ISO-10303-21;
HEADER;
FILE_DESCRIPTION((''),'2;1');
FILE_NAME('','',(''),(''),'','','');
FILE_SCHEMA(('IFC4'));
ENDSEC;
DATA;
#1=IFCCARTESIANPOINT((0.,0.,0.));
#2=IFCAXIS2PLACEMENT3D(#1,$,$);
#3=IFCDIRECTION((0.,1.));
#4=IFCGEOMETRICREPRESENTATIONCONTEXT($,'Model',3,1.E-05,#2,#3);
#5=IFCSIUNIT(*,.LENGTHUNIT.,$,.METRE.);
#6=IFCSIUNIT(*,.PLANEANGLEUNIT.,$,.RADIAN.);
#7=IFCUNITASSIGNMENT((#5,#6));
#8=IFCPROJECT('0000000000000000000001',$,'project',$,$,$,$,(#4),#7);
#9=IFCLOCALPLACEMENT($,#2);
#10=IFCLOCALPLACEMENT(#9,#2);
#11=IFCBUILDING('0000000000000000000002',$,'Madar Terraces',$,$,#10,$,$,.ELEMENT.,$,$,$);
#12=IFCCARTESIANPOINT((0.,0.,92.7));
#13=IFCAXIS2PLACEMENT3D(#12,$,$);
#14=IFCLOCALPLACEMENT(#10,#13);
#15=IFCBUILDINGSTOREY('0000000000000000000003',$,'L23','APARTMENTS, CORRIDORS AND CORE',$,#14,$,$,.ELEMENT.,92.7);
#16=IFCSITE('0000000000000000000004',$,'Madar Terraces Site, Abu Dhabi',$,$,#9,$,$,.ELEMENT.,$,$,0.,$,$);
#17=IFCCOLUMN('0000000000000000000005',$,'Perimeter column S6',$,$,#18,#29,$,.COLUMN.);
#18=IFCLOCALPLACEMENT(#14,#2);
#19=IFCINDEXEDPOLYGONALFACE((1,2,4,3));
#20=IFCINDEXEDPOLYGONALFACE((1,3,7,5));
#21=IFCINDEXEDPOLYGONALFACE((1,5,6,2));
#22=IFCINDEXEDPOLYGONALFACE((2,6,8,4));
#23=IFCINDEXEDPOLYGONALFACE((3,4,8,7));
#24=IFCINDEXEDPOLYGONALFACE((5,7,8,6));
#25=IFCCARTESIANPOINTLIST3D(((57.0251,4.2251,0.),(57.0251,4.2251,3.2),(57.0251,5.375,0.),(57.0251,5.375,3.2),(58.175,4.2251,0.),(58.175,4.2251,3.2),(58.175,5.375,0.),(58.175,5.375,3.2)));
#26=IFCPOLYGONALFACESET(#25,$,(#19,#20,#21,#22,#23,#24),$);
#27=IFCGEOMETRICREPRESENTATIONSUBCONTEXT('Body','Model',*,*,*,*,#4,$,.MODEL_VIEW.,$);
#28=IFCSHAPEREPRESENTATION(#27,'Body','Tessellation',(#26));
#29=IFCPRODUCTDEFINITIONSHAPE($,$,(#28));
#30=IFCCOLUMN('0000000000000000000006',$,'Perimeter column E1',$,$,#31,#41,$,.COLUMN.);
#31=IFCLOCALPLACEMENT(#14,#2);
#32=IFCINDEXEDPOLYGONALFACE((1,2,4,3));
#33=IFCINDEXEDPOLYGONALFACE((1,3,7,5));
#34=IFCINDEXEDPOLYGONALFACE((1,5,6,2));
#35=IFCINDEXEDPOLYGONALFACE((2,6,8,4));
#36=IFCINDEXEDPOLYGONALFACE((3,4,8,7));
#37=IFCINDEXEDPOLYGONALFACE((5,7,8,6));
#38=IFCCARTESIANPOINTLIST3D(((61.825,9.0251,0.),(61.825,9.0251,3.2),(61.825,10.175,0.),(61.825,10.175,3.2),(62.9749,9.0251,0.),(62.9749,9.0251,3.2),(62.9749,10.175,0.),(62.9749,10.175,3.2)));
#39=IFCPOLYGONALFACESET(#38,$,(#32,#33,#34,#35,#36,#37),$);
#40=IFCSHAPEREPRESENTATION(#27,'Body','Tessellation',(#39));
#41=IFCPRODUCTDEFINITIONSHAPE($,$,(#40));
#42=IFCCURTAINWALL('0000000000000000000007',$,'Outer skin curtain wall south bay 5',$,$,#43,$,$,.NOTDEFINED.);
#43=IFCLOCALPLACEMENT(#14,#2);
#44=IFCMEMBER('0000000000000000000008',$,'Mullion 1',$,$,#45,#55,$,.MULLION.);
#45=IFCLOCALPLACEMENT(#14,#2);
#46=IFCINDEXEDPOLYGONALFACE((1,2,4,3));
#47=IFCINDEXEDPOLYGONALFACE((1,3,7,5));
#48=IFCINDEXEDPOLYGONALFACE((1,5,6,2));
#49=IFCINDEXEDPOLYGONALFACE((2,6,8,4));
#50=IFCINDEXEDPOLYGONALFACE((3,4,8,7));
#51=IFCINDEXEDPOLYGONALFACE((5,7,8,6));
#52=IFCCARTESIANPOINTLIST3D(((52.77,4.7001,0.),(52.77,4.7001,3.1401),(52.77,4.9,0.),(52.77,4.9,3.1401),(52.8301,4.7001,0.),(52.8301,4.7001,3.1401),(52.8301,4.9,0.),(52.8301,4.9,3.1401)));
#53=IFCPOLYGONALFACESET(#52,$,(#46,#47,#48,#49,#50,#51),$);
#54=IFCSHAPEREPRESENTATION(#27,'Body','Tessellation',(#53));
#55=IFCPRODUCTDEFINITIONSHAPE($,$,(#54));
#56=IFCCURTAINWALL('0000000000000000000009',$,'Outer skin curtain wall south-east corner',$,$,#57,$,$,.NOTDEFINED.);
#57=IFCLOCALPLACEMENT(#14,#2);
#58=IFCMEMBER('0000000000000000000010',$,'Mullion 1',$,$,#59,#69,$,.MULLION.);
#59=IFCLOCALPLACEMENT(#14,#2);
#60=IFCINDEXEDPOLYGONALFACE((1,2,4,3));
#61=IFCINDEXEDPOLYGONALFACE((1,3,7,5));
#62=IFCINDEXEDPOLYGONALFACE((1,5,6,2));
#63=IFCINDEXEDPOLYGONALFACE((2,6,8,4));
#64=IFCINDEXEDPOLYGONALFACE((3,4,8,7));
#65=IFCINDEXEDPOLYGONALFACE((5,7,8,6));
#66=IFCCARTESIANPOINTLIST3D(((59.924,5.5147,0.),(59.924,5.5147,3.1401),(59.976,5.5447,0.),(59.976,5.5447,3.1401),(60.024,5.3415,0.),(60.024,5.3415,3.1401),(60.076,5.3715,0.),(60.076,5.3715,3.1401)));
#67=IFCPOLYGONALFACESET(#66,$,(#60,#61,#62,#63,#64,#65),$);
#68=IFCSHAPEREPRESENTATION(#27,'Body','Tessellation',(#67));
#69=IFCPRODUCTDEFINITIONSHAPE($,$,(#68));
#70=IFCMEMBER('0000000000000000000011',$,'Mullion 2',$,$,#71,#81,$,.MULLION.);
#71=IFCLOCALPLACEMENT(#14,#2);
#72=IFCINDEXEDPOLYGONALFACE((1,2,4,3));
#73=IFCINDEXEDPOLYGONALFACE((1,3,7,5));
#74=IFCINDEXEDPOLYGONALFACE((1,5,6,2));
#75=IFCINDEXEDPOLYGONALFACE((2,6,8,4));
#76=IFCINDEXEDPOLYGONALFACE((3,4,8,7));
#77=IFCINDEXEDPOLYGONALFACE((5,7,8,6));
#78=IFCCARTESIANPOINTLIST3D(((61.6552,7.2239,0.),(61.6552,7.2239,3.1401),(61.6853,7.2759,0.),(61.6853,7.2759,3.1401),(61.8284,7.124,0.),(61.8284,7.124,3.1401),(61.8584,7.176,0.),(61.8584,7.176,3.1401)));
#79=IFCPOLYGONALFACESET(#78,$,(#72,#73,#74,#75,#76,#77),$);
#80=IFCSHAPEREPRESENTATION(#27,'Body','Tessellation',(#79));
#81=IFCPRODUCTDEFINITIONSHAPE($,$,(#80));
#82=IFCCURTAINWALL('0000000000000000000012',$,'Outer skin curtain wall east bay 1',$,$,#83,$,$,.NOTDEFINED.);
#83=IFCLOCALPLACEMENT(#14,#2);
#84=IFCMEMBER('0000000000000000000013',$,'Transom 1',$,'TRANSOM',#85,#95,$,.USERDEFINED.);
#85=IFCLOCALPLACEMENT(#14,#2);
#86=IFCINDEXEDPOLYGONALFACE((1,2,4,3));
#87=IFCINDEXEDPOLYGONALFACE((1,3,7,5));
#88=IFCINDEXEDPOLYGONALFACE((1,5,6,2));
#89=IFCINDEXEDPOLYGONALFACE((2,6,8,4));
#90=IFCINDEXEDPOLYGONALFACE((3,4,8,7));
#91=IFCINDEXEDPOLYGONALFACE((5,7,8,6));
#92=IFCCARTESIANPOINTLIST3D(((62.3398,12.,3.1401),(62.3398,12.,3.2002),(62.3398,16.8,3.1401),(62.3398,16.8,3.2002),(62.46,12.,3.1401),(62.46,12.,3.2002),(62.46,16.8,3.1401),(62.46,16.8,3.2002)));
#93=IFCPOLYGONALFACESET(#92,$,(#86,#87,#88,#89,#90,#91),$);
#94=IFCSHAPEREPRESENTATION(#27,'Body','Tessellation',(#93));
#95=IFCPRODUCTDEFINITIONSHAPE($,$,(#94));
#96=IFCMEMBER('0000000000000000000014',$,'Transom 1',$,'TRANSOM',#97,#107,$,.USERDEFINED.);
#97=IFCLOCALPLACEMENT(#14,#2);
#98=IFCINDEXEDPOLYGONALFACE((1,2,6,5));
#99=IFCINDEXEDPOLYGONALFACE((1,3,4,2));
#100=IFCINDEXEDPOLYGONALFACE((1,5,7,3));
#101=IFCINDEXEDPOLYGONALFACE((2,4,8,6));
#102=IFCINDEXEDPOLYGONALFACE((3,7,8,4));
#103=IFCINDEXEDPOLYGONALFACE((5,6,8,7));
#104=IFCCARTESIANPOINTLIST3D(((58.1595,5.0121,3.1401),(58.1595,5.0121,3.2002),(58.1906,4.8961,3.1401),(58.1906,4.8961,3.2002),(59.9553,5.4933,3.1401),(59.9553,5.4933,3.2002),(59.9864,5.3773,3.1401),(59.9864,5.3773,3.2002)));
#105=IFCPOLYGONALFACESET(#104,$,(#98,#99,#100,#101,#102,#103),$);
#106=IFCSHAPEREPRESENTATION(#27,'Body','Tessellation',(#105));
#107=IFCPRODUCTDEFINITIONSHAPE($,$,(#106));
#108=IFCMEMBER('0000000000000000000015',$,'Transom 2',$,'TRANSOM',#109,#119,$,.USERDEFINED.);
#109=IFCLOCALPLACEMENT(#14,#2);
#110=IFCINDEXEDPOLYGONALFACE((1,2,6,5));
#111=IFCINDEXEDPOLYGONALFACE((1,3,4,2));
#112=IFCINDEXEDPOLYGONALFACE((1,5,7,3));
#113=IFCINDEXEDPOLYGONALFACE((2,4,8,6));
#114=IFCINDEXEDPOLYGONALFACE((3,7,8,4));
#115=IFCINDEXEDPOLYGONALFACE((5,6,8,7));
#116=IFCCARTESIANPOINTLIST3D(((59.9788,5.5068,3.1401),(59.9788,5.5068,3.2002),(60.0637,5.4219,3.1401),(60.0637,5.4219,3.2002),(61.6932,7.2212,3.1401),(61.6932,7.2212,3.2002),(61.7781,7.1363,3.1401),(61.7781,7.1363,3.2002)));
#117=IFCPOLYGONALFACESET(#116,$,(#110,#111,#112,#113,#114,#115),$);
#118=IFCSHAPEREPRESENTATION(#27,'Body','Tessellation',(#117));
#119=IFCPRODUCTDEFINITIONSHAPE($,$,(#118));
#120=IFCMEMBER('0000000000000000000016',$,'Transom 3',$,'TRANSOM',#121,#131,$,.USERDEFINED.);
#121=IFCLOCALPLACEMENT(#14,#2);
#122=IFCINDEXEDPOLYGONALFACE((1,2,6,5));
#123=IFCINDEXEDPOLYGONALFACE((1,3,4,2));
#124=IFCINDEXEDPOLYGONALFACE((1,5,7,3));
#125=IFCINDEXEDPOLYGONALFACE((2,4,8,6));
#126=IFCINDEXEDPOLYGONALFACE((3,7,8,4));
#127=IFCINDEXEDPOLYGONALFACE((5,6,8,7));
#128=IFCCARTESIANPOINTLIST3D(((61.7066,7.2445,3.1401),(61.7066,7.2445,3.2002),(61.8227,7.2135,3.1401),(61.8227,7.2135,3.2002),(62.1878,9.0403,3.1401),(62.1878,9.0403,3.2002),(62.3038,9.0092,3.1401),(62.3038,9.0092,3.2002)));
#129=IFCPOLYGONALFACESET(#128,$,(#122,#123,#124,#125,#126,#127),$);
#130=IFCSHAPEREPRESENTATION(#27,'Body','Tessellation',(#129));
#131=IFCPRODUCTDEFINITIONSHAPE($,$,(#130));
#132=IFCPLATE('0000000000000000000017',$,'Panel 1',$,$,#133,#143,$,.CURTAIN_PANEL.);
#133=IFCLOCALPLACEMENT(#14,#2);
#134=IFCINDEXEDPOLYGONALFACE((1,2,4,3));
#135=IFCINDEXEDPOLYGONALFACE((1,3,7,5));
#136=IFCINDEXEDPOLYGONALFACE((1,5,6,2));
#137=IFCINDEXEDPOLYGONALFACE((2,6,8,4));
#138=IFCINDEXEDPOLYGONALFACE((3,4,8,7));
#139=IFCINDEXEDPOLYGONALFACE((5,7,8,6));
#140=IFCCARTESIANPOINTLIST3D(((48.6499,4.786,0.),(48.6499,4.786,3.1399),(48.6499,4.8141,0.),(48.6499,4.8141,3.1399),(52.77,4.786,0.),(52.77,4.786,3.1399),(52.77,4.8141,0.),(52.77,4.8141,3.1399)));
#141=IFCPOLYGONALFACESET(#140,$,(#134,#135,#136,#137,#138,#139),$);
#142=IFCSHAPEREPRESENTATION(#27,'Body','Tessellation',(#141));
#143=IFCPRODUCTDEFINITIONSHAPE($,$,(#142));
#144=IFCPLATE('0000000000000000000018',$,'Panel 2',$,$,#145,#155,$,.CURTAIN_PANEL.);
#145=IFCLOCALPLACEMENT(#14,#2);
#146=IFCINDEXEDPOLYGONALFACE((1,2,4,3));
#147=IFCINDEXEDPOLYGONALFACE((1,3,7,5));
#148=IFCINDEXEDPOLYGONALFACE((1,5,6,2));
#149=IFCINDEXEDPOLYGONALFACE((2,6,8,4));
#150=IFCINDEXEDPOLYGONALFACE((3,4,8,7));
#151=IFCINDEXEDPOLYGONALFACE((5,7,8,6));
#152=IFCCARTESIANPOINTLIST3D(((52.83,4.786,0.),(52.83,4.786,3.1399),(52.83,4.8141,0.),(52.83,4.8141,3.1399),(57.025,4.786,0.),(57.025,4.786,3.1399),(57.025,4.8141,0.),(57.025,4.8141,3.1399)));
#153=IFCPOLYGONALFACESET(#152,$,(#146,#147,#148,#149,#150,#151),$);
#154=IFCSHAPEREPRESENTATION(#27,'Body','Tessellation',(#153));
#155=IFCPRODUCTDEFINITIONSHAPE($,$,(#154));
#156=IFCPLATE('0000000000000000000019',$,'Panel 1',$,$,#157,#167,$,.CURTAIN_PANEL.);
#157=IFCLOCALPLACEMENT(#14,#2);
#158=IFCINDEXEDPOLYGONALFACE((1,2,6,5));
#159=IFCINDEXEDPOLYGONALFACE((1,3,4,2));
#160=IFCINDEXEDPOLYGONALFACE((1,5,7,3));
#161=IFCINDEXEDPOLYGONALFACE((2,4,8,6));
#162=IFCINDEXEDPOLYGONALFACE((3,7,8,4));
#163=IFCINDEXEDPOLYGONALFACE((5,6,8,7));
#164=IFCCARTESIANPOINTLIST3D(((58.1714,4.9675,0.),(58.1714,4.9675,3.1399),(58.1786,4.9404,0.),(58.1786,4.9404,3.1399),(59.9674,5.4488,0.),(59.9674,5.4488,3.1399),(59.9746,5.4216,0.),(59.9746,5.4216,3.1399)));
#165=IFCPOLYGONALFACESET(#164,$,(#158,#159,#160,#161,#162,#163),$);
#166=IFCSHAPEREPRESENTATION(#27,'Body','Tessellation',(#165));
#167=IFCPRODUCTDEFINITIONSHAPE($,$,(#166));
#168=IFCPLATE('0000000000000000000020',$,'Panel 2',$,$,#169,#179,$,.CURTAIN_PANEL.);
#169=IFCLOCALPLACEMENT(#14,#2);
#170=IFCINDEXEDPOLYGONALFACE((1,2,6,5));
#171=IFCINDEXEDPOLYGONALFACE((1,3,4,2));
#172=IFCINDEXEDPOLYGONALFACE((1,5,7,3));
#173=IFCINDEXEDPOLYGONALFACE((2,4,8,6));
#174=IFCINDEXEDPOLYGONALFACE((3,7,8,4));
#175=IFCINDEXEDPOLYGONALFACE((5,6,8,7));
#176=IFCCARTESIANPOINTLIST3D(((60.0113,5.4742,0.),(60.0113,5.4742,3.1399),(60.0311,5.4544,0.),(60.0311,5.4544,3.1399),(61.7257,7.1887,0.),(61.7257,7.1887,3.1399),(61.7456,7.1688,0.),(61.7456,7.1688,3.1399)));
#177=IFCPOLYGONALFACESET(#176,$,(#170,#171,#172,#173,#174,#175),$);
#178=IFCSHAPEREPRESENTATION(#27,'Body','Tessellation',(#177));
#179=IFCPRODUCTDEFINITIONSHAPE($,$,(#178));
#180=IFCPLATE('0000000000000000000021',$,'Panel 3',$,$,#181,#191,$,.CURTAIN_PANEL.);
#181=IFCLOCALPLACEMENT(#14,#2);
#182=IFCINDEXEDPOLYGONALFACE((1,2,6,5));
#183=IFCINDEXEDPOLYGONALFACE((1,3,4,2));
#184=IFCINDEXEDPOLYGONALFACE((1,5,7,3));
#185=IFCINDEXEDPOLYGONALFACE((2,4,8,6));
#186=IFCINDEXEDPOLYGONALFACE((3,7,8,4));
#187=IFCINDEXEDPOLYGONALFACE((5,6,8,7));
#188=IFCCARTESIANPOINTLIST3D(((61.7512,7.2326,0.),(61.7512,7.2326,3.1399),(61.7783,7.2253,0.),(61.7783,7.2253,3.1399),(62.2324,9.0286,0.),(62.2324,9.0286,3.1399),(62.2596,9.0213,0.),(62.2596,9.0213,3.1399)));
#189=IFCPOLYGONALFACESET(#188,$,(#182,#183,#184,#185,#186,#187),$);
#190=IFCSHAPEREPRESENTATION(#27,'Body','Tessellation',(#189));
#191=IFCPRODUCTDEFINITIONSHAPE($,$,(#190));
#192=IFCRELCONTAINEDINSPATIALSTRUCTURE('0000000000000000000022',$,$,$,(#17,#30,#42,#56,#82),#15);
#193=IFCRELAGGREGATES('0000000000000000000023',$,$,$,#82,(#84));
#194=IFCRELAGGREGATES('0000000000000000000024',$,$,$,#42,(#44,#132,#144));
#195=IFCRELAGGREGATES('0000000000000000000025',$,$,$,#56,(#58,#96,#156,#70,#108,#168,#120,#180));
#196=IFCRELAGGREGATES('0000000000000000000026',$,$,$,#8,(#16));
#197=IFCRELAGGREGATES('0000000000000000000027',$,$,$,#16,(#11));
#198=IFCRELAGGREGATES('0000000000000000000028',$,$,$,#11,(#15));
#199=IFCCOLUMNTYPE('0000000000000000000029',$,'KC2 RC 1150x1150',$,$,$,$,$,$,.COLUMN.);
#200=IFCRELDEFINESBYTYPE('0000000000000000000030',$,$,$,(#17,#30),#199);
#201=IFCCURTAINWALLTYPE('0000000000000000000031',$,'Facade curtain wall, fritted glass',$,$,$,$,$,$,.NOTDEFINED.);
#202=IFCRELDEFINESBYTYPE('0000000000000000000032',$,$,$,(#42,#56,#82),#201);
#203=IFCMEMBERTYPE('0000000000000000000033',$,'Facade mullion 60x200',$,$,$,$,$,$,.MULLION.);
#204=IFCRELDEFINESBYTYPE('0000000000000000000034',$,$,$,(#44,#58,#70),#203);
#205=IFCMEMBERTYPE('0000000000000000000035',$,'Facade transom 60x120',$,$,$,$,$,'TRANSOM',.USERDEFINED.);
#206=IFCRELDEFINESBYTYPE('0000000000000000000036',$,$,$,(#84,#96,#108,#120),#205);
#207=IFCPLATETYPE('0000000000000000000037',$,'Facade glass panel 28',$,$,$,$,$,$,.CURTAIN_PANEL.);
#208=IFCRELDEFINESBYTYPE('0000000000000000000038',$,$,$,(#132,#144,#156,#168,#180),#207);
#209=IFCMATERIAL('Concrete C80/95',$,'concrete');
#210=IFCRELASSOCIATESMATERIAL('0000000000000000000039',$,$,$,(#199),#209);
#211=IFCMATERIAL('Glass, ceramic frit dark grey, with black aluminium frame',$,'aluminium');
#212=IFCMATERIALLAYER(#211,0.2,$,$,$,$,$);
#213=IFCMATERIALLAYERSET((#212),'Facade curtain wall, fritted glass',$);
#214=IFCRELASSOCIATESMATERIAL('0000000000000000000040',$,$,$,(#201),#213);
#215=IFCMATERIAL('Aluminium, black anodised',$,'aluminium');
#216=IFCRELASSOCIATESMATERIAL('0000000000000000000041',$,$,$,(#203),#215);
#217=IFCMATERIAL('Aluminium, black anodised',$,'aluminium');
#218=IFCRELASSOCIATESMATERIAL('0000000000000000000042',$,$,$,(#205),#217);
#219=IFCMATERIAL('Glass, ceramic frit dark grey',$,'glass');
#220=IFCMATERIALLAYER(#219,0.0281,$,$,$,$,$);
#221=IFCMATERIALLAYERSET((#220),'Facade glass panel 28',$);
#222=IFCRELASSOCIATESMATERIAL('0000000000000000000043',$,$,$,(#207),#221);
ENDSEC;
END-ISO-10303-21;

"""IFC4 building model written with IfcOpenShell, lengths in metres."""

from ifc_helpers import new_model, si_unit, direction, frame, origin, origin_2d, place, context, subcontext, project, spatial, rectangle, extrude, material, layer, layer_set, material_profile, profile_set, type_object, element, aggregate, save


model = new_model("IFC4")

# Units and contexts
model_context = context("Model", 3, precision=1e-05, world=origin(), true_north=direction((0.0, 1.0)))
body_context = subcontext(model_context, "Body", "Model", "MODEL_VIEW")
ifc_project = project(units=[si_unit("LENGTHUNIT", "METRE"), si_unit("PLANEANGLEUNIT", "RADIAN")], contexts=[model_context])

# Site, building, storey
site_placement = place(None, origin())
site = spatial("IfcSite", under=ifc_project, at=site_placement, Name="Madar Terraces Site, Abu Dhabi", CompositionType="ELEMENT", RefElevation=0.0)
building_placement = place(site_placement, origin())
building = spatial("IfcBuilding", under=site, at=building_placement, Name="Madar Terraces", CompositionType="ELEMENT")
storey_placement = place(building_placement, frame((0.0, 0.0, 92.7)))
storey = spatial("IfcBuildingStorey", under=building, at=storey_placement, Name="L23", Description="APARTMENTS, CORRIDORS AND CORE", CompositionType="ELEMENT", Elevation=92.7)

# Columns
ifc_material_1 = material(Name="Concrete C80/95", Category="concrete")
ifc_material_profile_1 = material_profile(ifc_material_1, rectangle(XDim=1.1499, YDim=1.1499, at=origin_2d()), Name="KC2 RC 1150x1150")
ifc_profile_set_1 = profile_set([ifc_material_profile_1], Name="Concrete C80/95")
column_type = type_object("IfcColumnType", Name="KC2 RC 1150x1150", PredefinedType="COLUMN", material=ifc_profile_set_1)
for number, where, z_axis, x_axis, name in (
    (1, (57.6001, 4.8, 0.0), (0.0, 0.0, 1.0), (1.0, 0.0, 0.0), "Perimeter column S6"),
    (2, (62.3999, 9.6001, 0.0), (0.0, 0.0, 1.0), (1.0, 0.0, 0.0), "Perimeter column E1"),
):
    element("IfcColumn", number, at=place(storey_placement, frame(where, z_axis=z_axis, x_axis=x_axis)), inside=storey, type_object=column_type, Name=name, PredefinedType="COLUMN", context=body_context, shape_type="SweptSolid", body=[
        extrude(rectangle(XDim=1.1499, YDim=1.1499, at=origin_2d()), origin(), (0.0, 0.0, 1.0), 3.2),
    ])

# Curtain wall, member
ifc_material_2 = material(Name="Glass, ceramic frit dark grey, with black aluminium frame", Category="aluminium")
ifc_layer_1 = layer(ifc_material_2, 0.2)
ifc_layer_set_1 = layer_set([ifc_layer_1], Name="Facade curtain wall, fritted glass")
curtain_wall_type = type_object("IfcCurtainWallType", Name="Facade curtain wall, fritted glass", PredefinedType="NOTDEFINED", material=ifc_layer_set_1)
curtain_wall_1_placement = place(storey_placement, origin())
curtain_wall_1 = element("IfcCurtainWall", 3, at=curtain_wall_1_placement, inside=storey, type_object=curtain_wall_type, Name="Outer skin curtain wall south bay 5", PredefinedType="NOTDEFINED")
ifc_material_3 = material(Name="Aluminium, black anodised", Category="aluminium")
ifc_material_profile_2 = material_profile(ifc_material_3, rectangle(XDim=0.2, YDim=0.0601, at=origin_2d()), Name="Facade mullion 60x200")
ifc_profile_set_2 = profile_set([ifc_material_profile_2], Name="Aluminium, black anodised")
member_type_1 = type_object("IfcMemberType", Name="Facade mullion 60x200", PredefinedType="MULLION", material=ifc_profile_set_2)
member_1_placement = place(storey_placement, frame((52.8, 4.8, 0.0), z_axis=(0.0, 0.0, 1.0), x_axis=(0.0, 1.0, 0.0)))
member_1 = element("IfcMember", 4, at=member_1_placement, type_object=member_type_1, Name="Mullion 1", PredefinedType="MULLION", context=body_context, shape_type="SweptSolid", body=[
    extrude(rectangle(XDim=0.2, YDim=0.0601, at=origin_2d()), origin(), (0.0, 0.0, 1.0), 3.1401),
])

# Curtain wall, members
curtain_wall_2_placement = place(storey_placement, origin())
curtain_wall_2 = element("IfcCurtainWall", 5, at=curtain_wall_2_placement, inside=storey, type_object=curtain_wall_type, Name="Outer skin curtain wall south-east corner", PredefinedType="NOTDEFINED")
member_2_placement = place(storey_placement, frame((60.0, 5.4431, 0.0), z_axis=(0.0, 0.0, 1.0), x_axis=(-0.5, 0.866025, 0.0)))
member_2 = element("IfcMember", 6, at=member_2_placement, type_object=member_type_1, Name="Mullion 1", PredefinedType="MULLION", context=body_context, shape_type="SweptSolid", body=[
    extrude(rectangle(XDim=0.2, YDim=0.0601, at=origin_2d()), origin(), (0.0, 0.0, 1.0), 3.1401),
])
member_3_placement = place(storey_placement, frame((61.7568, 7.2, 0.0), z_axis=(0.0, 0.0, 1.0), x_axis=(-0.866025, 0.5, 0.0)))
member_3 = element("IfcMember", 7, at=member_3_placement, type_object=member_type_1, Name="Mullion 2", PredefinedType="MULLION", context=body_context, shape_type="SweptSolid", body=[
    extrude(rectangle(XDim=0.2, YDim=0.0601, at=origin_2d()), origin(), (0.0, 0.0, 1.0), 3.1401),
])

# Curtain wall, member
curtain_wall_3_placement = place(storey_placement, origin())
curtain_wall_3 = element("IfcCurtainWall", 8, at=curtain_wall_3_placement, inside=storey, type_object=curtain_wall_type, Name="Outer skin curtain wall east bay 1", PredefinedType="NOTDEFINED")
ifc_material_4 = material(Name="Aluminium, black anodised", Category="aluminium")
ifc_material_profile_3 = material_profile(ifc_material_4, rectangle(XDim=0.1201, YDim=0.0601, at=origin_2d()), Name="Facade transom 60x120")
ifc_profile_set_3 = profile_set([ifc_material_profile_3], Name="Aluminium, black anodised")
member_type_2 = type_object("IfcMemberType", Name="Facade transom 60x120", ElementType="TRANSOM", PredefinedType="USERDEFINED", material=ifc_profile_set_3)
member_4_placement = place(storey_placement, frame((62.3999, 12.0, 3.1702), z_axis=(0.0, 1.0, 0.0), x_axis=(-1.0, 0.0, 0.0)))
member_4 = element("IfcMember", 9, at=member_4_placement, type_object=member_type_2, Name="Transom 1", ObjectType="TRANSOM", PredefinedType="USERDEFINED", context=body_context, shape_type="SweptSolid", body=[
    extrude(rectangle(XDim=0.1201, YDim=0.0601, at=origin_2d()), origin(), (0.0, 0.0, 1.0), 4.8),
])
aggregate(curtain_wall_3, [member_4])

# Members
member_5_placement = place(storey_placement, frame((58.175, 4.9541, 3.1702), z_axis=(0.965927, 0.258815, 0.0), x_axis=(-0.258815, 0.965927, 0.0)))
member_5 = element("IfcMember", 10, at=member_5_placement, type_object=member_type_2, Name="Transom 1", ObjectType="TRANSOM", PredefinedType="USERDEFINED", context=body_context, shape_type="SweptSolid", body=[
    extrude(rectangle(XDim=0.1201, YDim=0.0601, at=origin_2d()), origin(), (0.0, 0.0, 1.0), 1.8591),
])
member_6_placement = place(storey_placement, frame((60.0212, 5.4644, 3.1702), z_axis=(0.707107, 0.707107, 0.0), x_axis=(-0.707107, 0.707107, 0.0)))
member_6 = element("IfcMember", 11, at=member_6_placement, type_object=member_type_2, Name="Transom 2", ObjectType="TRANSOM", PredefinedType="USERDEFINED", context=body_context, shape_type="SweptSolid", body=[
    extrude(rectangle(XDim=0.1201, YDim=0.0601, at=origin_2d()), origin(), (0.0, 0.0, 1.0), 2.4246),
])
member_7_placement = place(storey_placement, frame((61.7646, 7.229, 3.1702), z_axis=(0.258815, 0.965927, 0.0), x_axis=(-0.965927, 0.258815, 0.0)))
member_7 = element("IfcMember", 12, at=member_7_placement, type_object=member_type_2, Name="Transom 3", ObjectType="TRANSOM", PredefinedType="USERDEFINED", context=body_context, shape_type="SweptSolid", body=[
    extrude(rectangle(XDim=0.1201, YDim=0.0601, at=origin_2d()), origin(), (0.0, 0.0, 1.0), 1.8591),
])

# Plates
ifc_material_5 = material(Name="Glass, ceramic frit dark grey", Category="glass")
ifc_layer_2 = layer(ifc_material_5, 0.0281)
ifc_layer_set_2 = layer_set([ifc_layer_2], Name="Facade glass panel 28")
plate_type = type_object("IfcPlateType", Name="Facade glass panel 28", PredefinedType="CURTAIN_PANEL", material=ifc_layer_set_2)
plate_1_placement = place(storey_placement, frame((50.71, 4.8, 0.0), z_axis=(0.0, 0.0, 1.0), x_axis=(1.0, 0.0, 0.0)))
plate_1 = element("IfcPlate", 13, at=plate_1_placement, type_object=plate_type, Name="Panel 1", PredefinedType="CURTAIN_PANEL", context=body_context, shape_type="SweptSolid", body=[
    extrude(rectangle(XDim=4.1201, YDim=0.0281, at=origin_2d()), origin(), (0.0, 0.0, 1.0), 3.1399),
])
plate_2_placement = place(storey_placement, frame((54.9275, 4.8, 0.0), z_axis=(0.0, 0.0, 1.0), x_axis=(1.0, 0.0, 0.0)))
plate_2 = element("IfcPlate", 14, at=plate_2_placement, type_object=plate_type, Name="Panel 2", PredefinedType="CURTAIN_PANEL", context=body_context, shape_type="SweptSolid", body=[
    extrude(rectangle(XDim=4.1951, YDim=0.0281, at=origin_2d()), origin(), (0.0, 0.0, 1.0), 3.1399),
])
aggregate(curtain_wall_1, [member_1, plate_1, plate_2])
plate_3_placement = place(storey_placement, frame((59.073, 5.1946, 0.0), z_axis=(0.0, 0.0, 1.0), x_axis=(0.965926, 0.258819, 0.0)))
plate_3 = element("IfcPlate", 15, at=plate_3_placement, type_object=plate_type, Name="Panel 1", PredefinedType="CURTAIN_PANEL", context=body_context, shape_type="SweptSolid", body=[
    extrude(rectangle(XDim=1.8594, YDim=0.0281, at=origin_2d()), origin(), (0.0, 0.0, 1.0), 3.1399),
])
plate_4_placement = place(storey_placement, frame((60.8784, 6.3215, 0.0), z_axis=(0.0, 0.0, 1.0), x_axis=(0.707107, 0.707107, 0.0)))
plate_4 = element("IfcPlate", 16, at=plate_4_placement, type_object=plate_type, Name="Panel 2", PredefinedType="CURTAIN_PANEL", context=body_context, shape_type="SweptSolid", body=[
    extrude(rectangle(XDim=2.4246, YDim=0.0281, at=origin_2d()), origin(), (0.0, 0.0, 1.0), 3.1399),
])
plate_5_placement = place(storey_placement, frame((62.0054, 8.127, 0.0), z_axis=(0.0, 0.0, 1.0), x_axis=(0.258819, 0.965926, 0.0)))
plate_5 = element("IfcPlate", 17, at=plate_5_placement, type_object=plate_type, Name="Panel 3", PredefinedType="CURTAIN_PANEL", context=body_context, shape_type="SweptSolid", body=[
    extrude(rectangle(XDim=1.8594, YDim=0.0281, at=origin_2d()), origin(), (0.0, 0.0, 1.0), 3.1399),
])
aggregate(curtain_wall_2, [member_2, member_5, plate_3, member_3, member_6, plate_4, member_7, plate_5])

save(model, "model.ifc")
